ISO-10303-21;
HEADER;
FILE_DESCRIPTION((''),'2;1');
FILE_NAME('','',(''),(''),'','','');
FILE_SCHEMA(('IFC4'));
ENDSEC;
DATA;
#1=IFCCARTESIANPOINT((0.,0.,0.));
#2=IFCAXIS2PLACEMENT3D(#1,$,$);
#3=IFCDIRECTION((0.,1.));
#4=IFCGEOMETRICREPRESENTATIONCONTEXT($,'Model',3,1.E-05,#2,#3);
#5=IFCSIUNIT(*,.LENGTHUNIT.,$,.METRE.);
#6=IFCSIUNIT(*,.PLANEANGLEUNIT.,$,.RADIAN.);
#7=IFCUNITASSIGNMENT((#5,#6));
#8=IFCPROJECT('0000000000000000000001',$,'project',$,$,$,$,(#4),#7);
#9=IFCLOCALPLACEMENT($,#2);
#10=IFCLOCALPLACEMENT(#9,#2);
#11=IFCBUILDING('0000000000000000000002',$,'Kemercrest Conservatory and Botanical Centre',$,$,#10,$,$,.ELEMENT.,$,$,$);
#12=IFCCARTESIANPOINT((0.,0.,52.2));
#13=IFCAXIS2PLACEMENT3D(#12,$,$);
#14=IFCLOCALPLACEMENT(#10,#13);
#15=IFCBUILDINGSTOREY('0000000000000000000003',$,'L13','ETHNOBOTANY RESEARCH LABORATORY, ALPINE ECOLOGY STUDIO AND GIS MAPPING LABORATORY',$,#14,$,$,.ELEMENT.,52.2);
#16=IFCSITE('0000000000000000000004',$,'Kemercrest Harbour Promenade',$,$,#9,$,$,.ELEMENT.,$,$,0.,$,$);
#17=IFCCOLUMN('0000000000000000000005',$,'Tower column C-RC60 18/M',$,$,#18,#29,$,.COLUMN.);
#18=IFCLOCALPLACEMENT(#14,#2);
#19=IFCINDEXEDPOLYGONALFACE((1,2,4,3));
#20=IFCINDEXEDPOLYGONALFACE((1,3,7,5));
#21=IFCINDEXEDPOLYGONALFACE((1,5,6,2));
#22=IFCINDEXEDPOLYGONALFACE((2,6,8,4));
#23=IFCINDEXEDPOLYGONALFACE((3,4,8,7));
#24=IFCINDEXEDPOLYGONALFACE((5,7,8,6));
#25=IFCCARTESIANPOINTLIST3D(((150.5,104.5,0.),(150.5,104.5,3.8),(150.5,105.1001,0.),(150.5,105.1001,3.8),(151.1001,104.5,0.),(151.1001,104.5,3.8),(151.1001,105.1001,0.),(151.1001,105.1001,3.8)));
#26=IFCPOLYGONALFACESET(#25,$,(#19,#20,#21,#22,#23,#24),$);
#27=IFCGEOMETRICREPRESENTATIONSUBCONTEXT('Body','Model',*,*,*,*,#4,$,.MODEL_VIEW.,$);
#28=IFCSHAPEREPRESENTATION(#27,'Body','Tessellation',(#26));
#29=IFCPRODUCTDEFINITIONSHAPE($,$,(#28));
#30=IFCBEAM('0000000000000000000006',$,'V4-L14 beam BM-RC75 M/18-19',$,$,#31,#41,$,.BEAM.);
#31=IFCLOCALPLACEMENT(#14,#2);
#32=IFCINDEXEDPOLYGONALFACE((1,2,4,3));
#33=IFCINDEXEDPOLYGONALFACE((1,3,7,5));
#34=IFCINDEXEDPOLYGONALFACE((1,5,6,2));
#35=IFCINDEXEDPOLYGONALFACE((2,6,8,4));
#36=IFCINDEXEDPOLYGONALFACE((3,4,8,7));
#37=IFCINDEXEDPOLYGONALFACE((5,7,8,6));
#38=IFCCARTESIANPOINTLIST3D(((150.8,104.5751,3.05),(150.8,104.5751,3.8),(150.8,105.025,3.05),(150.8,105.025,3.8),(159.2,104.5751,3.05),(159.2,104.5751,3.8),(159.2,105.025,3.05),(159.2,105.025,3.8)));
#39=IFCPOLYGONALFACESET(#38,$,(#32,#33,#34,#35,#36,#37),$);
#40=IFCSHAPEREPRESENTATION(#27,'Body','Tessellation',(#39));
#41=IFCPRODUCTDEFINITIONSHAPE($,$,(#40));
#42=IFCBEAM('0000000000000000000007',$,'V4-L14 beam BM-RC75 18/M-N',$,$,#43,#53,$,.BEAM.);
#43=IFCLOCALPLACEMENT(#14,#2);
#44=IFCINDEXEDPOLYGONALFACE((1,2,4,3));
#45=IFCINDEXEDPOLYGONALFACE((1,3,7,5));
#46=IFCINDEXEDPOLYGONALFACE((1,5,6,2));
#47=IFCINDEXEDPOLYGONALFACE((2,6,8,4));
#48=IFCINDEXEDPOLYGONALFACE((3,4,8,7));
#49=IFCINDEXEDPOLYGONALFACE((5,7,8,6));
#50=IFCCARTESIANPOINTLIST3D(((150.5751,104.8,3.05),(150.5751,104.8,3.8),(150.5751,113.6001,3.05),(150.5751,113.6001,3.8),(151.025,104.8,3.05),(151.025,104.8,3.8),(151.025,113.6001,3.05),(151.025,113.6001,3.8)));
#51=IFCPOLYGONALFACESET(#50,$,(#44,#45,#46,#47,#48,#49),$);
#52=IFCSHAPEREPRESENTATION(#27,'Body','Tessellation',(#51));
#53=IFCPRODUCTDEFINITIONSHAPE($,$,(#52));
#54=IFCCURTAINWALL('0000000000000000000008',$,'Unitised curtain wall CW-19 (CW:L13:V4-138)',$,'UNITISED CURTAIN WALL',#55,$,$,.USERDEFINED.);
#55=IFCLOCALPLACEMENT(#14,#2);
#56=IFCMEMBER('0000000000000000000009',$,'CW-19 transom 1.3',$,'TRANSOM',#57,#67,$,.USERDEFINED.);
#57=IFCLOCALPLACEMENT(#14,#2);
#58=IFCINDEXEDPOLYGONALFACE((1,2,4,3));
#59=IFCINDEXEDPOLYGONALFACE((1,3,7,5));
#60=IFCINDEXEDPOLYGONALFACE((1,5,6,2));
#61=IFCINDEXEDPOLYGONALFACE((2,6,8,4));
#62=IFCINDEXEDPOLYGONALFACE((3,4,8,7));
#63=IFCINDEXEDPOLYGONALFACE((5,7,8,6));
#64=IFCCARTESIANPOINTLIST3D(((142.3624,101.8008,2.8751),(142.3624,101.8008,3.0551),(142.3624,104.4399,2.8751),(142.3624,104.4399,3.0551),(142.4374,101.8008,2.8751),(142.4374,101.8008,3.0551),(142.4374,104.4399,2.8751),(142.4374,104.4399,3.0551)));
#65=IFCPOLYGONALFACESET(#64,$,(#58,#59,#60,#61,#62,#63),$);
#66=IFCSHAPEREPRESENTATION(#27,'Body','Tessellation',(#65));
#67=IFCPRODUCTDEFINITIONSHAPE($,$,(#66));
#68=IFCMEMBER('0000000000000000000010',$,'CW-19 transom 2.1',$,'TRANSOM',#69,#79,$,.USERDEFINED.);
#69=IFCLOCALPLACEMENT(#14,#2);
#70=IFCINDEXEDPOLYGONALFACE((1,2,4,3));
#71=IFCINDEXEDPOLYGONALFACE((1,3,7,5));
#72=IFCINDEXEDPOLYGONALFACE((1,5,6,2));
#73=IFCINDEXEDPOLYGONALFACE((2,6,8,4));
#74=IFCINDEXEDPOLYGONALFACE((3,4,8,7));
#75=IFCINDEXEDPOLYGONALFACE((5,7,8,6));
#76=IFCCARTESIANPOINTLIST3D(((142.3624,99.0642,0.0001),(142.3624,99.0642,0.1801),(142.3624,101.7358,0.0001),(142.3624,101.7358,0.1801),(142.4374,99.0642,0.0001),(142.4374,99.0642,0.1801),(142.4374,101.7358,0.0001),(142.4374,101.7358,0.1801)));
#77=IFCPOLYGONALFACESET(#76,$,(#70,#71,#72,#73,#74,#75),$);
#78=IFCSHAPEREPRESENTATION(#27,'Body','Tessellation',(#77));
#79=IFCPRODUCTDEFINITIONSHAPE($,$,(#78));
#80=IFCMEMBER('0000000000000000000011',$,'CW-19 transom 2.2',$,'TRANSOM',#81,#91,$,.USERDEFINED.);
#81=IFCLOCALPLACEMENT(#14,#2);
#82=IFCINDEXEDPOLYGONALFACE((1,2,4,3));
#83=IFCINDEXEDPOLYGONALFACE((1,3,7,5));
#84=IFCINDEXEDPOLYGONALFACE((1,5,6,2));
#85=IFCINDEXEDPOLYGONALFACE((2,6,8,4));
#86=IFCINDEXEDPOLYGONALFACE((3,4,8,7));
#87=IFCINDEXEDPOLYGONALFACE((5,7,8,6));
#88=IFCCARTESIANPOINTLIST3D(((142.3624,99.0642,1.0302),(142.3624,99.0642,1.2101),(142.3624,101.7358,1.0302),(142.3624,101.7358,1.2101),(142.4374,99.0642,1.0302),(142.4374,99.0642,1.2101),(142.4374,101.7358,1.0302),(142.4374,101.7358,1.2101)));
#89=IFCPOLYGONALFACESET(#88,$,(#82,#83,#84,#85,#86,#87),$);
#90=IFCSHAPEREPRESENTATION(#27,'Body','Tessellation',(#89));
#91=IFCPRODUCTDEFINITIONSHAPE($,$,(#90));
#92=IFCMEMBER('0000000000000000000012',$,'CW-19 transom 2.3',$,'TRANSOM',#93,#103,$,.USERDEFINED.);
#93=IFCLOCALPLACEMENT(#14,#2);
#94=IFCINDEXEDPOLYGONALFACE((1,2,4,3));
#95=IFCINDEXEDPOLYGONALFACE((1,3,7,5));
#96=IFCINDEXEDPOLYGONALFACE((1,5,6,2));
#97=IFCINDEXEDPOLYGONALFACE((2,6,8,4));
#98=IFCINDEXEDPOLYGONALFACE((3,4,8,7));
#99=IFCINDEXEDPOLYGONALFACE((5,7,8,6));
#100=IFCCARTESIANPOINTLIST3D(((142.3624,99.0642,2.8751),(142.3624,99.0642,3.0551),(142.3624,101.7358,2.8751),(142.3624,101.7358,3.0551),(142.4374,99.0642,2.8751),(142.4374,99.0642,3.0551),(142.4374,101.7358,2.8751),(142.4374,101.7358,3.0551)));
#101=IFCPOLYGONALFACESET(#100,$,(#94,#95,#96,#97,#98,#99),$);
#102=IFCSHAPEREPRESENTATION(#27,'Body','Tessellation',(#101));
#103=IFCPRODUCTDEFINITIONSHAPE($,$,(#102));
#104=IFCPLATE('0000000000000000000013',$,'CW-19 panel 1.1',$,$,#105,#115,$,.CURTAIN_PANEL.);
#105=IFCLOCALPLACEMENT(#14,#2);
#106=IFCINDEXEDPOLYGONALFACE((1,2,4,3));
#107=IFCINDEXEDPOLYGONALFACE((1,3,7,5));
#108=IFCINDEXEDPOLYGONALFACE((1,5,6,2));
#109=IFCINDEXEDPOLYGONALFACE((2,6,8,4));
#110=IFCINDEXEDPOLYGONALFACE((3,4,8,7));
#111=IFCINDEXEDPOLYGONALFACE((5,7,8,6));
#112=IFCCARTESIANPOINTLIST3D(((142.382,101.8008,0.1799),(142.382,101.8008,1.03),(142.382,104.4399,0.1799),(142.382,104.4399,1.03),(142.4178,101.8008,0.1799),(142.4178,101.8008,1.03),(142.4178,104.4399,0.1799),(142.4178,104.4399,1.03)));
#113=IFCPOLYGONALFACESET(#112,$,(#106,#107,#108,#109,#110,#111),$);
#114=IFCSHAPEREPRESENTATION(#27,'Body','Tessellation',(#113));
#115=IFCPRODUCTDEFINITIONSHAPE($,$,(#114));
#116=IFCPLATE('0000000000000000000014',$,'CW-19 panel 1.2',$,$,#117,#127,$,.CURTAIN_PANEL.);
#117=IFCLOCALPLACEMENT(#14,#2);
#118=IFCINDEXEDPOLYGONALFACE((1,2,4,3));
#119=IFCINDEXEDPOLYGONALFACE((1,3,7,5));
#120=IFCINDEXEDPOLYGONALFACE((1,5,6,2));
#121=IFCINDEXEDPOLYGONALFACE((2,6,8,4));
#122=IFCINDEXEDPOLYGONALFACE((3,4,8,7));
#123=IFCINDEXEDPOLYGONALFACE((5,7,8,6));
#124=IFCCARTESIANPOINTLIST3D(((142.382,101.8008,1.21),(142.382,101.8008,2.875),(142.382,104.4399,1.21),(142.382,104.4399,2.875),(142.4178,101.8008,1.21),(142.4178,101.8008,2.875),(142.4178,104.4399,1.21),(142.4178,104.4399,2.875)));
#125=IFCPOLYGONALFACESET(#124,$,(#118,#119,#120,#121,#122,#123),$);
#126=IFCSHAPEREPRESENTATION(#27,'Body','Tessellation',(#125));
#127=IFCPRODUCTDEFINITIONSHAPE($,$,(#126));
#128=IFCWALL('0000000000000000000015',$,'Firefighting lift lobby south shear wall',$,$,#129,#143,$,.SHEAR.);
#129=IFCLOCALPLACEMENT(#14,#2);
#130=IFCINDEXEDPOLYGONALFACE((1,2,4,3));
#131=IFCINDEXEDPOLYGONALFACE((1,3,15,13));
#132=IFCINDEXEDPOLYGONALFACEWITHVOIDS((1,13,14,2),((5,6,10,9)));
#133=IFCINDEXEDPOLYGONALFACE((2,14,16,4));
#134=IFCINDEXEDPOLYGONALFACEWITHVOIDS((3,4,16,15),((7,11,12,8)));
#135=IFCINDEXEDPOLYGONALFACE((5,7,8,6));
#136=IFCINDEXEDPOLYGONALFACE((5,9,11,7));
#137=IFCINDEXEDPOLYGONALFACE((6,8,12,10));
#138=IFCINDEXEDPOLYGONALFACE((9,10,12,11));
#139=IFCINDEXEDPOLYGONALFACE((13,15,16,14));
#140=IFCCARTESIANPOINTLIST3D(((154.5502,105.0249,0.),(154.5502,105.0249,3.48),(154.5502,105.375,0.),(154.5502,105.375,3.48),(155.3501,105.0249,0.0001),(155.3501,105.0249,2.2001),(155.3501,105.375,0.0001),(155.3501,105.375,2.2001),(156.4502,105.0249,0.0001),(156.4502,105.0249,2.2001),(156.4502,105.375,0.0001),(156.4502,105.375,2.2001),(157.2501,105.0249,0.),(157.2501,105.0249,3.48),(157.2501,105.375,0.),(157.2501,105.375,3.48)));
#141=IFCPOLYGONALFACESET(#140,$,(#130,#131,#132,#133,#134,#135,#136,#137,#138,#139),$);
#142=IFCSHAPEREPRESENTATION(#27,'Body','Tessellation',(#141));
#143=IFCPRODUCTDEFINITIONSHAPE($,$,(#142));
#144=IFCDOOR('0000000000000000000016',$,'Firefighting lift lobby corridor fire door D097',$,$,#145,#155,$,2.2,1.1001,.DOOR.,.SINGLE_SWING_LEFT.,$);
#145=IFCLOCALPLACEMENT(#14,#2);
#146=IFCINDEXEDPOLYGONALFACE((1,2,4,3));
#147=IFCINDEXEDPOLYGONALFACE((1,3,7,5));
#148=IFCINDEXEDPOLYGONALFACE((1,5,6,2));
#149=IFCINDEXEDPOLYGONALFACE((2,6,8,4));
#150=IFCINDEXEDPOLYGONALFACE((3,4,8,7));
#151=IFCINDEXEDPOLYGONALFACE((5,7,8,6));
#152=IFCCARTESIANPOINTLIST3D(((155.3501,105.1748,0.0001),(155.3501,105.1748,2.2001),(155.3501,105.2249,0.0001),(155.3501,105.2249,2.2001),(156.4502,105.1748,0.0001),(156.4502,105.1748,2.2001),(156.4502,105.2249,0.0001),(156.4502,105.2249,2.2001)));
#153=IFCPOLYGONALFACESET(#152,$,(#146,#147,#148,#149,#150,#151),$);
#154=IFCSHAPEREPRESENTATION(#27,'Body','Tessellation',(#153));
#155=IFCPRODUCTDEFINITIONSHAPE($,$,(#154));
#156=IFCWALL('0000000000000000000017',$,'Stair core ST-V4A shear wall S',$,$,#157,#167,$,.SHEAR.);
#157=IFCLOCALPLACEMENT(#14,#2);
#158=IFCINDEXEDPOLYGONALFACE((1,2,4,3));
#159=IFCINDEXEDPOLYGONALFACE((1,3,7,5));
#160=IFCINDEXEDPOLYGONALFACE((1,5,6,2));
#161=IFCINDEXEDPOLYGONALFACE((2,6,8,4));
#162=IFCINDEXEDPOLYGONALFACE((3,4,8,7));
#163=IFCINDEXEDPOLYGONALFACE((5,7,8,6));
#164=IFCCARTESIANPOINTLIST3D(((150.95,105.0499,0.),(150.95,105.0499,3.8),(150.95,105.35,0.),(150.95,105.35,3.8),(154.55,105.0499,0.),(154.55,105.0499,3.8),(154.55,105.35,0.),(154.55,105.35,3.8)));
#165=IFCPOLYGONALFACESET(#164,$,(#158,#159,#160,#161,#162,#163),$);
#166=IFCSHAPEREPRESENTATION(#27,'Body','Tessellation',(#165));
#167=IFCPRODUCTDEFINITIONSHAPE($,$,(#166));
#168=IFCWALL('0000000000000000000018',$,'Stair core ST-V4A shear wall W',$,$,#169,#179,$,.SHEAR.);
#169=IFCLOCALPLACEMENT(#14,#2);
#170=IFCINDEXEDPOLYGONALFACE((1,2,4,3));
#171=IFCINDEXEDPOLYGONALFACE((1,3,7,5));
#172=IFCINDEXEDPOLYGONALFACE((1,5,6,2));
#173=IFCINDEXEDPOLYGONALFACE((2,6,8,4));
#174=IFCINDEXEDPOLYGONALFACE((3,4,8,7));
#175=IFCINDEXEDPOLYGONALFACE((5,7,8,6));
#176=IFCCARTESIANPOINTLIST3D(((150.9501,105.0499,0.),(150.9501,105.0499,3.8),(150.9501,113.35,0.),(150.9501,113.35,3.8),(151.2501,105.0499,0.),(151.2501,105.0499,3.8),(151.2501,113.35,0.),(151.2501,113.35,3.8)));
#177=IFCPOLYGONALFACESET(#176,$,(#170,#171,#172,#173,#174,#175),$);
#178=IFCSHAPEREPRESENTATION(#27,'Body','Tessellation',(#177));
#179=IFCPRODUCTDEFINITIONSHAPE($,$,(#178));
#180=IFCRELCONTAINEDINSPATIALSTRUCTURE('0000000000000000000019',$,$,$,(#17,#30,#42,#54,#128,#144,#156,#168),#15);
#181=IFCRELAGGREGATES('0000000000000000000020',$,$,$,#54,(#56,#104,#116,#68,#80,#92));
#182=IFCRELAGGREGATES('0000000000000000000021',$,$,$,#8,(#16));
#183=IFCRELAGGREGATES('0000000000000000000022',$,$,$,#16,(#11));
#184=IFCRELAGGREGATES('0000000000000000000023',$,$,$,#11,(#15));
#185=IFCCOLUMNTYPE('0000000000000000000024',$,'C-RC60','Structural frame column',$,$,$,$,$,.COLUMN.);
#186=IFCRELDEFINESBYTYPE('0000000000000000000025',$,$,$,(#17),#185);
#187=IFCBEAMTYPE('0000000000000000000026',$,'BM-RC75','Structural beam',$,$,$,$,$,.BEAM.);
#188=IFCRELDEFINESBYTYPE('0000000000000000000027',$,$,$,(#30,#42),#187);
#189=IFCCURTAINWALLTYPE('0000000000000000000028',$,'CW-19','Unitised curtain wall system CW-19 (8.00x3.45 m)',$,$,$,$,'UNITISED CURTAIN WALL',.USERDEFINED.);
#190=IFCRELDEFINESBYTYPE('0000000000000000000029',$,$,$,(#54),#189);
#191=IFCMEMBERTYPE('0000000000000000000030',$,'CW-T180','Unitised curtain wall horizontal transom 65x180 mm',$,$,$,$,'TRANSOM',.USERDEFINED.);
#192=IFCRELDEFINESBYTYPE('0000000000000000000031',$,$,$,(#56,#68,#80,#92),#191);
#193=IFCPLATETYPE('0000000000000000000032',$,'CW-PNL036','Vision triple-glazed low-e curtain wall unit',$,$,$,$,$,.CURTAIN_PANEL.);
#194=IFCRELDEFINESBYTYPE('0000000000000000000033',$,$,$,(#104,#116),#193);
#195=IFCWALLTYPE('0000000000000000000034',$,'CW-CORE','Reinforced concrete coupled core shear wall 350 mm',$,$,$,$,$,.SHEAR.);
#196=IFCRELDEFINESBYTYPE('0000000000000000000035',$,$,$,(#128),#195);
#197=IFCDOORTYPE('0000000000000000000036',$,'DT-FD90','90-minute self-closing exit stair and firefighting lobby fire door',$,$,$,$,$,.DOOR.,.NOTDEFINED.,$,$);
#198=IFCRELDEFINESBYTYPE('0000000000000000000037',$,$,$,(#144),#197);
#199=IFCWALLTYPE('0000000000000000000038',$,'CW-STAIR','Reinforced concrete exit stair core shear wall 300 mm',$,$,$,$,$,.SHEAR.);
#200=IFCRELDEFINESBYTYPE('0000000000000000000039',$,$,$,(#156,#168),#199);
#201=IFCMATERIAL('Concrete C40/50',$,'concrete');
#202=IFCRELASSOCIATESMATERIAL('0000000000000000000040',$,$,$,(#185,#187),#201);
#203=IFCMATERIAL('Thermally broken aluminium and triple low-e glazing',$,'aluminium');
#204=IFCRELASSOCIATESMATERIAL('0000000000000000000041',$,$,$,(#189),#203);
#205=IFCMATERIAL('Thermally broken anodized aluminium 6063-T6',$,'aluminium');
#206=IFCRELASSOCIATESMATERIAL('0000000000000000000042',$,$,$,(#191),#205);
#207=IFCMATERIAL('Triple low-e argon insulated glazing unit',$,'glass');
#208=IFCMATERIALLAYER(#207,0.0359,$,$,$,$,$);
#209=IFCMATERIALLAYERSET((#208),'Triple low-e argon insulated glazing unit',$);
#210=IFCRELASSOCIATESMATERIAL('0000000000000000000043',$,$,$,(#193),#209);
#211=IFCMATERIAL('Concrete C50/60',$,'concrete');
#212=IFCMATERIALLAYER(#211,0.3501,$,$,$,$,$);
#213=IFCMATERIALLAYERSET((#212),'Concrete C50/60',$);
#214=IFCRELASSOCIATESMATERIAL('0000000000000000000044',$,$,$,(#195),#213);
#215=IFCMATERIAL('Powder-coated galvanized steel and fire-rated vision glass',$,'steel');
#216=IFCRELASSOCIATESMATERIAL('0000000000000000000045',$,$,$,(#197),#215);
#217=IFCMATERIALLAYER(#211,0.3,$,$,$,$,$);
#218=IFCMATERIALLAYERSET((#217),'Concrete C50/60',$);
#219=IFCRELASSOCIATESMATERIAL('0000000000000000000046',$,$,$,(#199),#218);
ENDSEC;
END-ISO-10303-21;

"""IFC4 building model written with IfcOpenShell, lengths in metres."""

from ifc_helpers import new_model, si_unit, direction, frame, frame_2d, origin, origin_2d, place, context, subcontext, project, spatial, rectangle, extrude, material, layer, layer_set, material_profile, profile_set, type_object, element, fill, aggregate, save


model = new_model("IFC4")

# Units and contexts
model_context = context("Model", 3, precision=1e-05, world=origin(), true_north=direction((0.0, 1.0)))
body_context = subcontext(model_context, "Body", "Model", "MODEL_VIEW")
ifc_project = project(units=[si_unit("LENGTHUNIT", "METRE"), si_unit("PLANEANGLEUNIT", "RADIAN")], contexts=[model_context])

# Site, building, storey
site_placement = place(None, origin())
site = spatial("IfcSite", under=ifc_project, at=site_placement, Name="Kemercrest Harbour Promenade", CompositionType="ELEMENT", RefElevation=0.0)
building_placement = place(site_placement, origin())
building = spatial("IfcBuilding", under=site, at=building_placement, Name="Kemercrest Conservatory and Botanical Centre", CompositionType="ELEMENT")
storey_placement = place(building_placement, frame((0.0, 0.0, 52.2)))
storey = spatial("IfcBuildingStorey", under=building, at=storey_placement, Name="L13", Description="ETHNOBOTANY RESEARCH LABORATORY, ALPINE ECOLOGY STUDIO AND GIS MAPPING LABORATORY", CompositionType="ELEMENT", Elevation=52.2)

# Column
ifc_material_1 = material(Name="Concrete C40/50", Category="concrete")
ifc_material_profile_1 = material_profile(ifc_material_1, rectangle(XDim=0.6001, YDim=0.6001, at=origin_2d()), Name="RC 600x600")
ifc_profile_set_1 = profile_set([ifc_material_profile_1], Name="Concrete C40/50")
column_type = type_object("IfcColumnType", Name="C-RC60", Description="Structural frame column", PredefinedType="COLUMN", material=ifc_profile_set_1)
column_placement = place(storey_placement, frame((150.8, 104.8, 0.0), z_axis=(0.0, 0.0, 1.0), x_axis=(1.0, 0.0, 0.0)))
element("IfcColumn", 1, at=column_placement, inside=storey, type_object=column_type, Name="Tower column C-RC60 18/M", PredefinedType="COLUMN", context=body_context, shape_type="SweptSolid", body=[
    extrude(rectangle(XDim=0.6001, YDim=0.6001, at=origin_2d()), origin(), (0.0, 0.0, 1.0), 3.8),
])

# Beams
ifc_material_profile_2 = material_profile(ifc_material_1, rectangle(XDim=0.45, YDim=0.75, at=origin_2d()), Name="RC 450x750")
ifc_profile_set_2 = profile_set([ifc_material_profile_2], Name="Concrete C40/50")
beam_type = type_object("IfcBeamType", Name="BM-RC75", Description="Structural beam", PredefinedType="BEAM", material=ifc_profile_set_2)
beam_1_placement = place(storey_placement, frame((150.8, 104.8, 3.425), z_axis=(1.0, 0.0, 0.0), x_axis=(0.0, 1.0, 0.0)))
element("IfcBeam", 2, at=beam_1_placement, inside=storey, type_object=beam_type, Name="V4-L14 beam BM-RC75 M/18-19", PredefinedType="BEAM", context=body_context, shape_type="SweptSolid", body=[
    extrude(rectangle(XDim=0.45, YDim=0.75, at=origin_2d()), origin(), (0.0, 0.0, 1.0), 8.3999),
])
beam_2_placement = place(storey_placement, frame((150.8, 104.8, 3.425), z_axis=(0.0, 1.0, 0.0), x_axis=(-1.0, 0.0, 0.0)))
element("IfcBeam", 3, at=beam_2_placement, inside=storey, type_object=beam_type, Name="V4-L14 beam BM-RC75 18/M-N", PredefinedType="BEAM", context=body_context, shape_type="SweptSolid", body=[
    extrude(rectangle(XDim=0.45, YDim=0.75, at=origin_2d()), origin(), (0.0, 0.0, 1.0), 8.8),
])

# Curtain wall, members, plates
ifc_material_2 = material(Name="Thermally broken aluminium and triple low-e glazing", Category="aluminium")
curtain_wall_type = type_object("IfcCurtainWallType", Name="CW-19", Description="Unitised curtain wall system CW-19 (8.00x3.45 m)", ElementType="UNITISED CURTAIN WALL", PredefinedType="USERDEFINED", material=ifc_material_2)
curtain_wall_placement = place(storey_placement, origin())
curtain_wall = element("IfcCurtainWall", 4, at=curtain_wall_placement, inside=storey, type_object=curtain_wall_type, Name="Unitised curtain wall CW-19 (CW:L13:V4-138)", ObjectType="UNITISED CURTAIN WALL", PredefinedType="USERDEFINED")
ifc_material_3 = material(Name="Thermally broken anodized aluminium 6063-T6", Category="aluminium")
ifc_material_profile_3 = material_profile(ifc_material_3, rectangle(XDim=0.075, YDim=0.1799, at=origin_2d()), Name="AL TRANSOM 75x180")
ifc_profile_set_3 = profile_set([ifc_material_profile_3], Name="Thermally broken anodized aluminium 6063-T6")
member_type = type_object("IfcMemberType", Name="CW-T180", Description="Unitised curtain wall horizontal transom 65x180 mm", ElementType="TRANSOM", PredefinedType="USERDEFINED", material=ifc_profile_set_3)
member_1_placement = place(storey_placement, frame((142.3999, 104.4399, 2.9651), z_axis=(0.0, -1.0, 0.0), x_axis=(1.0, 0.0, 0.0)))
member_1 = element("IfcMember", 5, at=member_1_placement, type_object=member_type, Name="CW-19 transom 1.3", ObjectType="TRANSOM", PredefinedType="USERDEFINED", context=body_context, shape_type="SweptSolid", body=[
    extrude(rectangle(XDim=0.075, YDim=0.1799, at=origin_2d()), origin(), (0.0, 0.0, 1.0), 2.6392),
])
member_2_placement = place(storey_placement, frame((142.3999, 101.7358, 0.0901), z_axis=(0.0, -1.0, 0.0), x_axis=(1.0, 0.0, 0.0)))
member_2 = element("IfcMember", 6, at=member_2_placement, type_object=member_type, Name="CW-19 transom 2.1", ObjectType="TRANSOM", PredefinedType="USERDEFINED", context=body_context, shape_type="SweptSolid", body=[
    extrude(rectangle(XDim=0.075, YDim=0.1799, at=origin_2d()), origin(), (0.0, 0.0, 1.0), 2.6716),
])
member_3_placement = place(storey_placement, frame((142.3999, 101.7358, 1.1201), z_axis=(0.0, -1.0, 0.0), x_axis=(1.0, 0.0, 0.0)))
member_3 = element("IfcMember", 7, at=member_3_placement, type_object=member_type, Name="CW-19 transom 2.2", ObjectType="TRANSOM", PredefinedType="USERDEFINED", context=body_context, shape_type="SweptSolid", body=[
    extrude(rectangle(XDim=0.075, YDim=0.1799, at=origin_2d()), origin(), (0.0, 0.0, 1.0), 2.6716),
])
member_4_placement = place(storey_placement, frame((142.3999, 101.7358, 2.9651), z_axis=(0.0, -1.0, 0.0), x_axis=(1.0, 0.0, 0.0)))
member_4 = element("IfcMember", 8, at=member_4_placement, type_object=member_type, Name="CW-19 transom 2.3", ObjectType="TRANSOM", PredefinedType="USERDEFINED", context=body_context, shape_type="SweptSolid", body=[
    extrude(rectangle(XDim=0.075, YDim=0.1799, at=origin_2d()), origin(), (0.0, 0.0, 1.0), 2.6716),
])
ifc_material_4 = material(Name="Triple low-e argon insulated glazing unit", Category="glass")
ifc_layer_1 = layer(ifc_material_4, 0.0359)
ifc_layer_set_1 = layer_set([ifc_layer_1], Name="Triple low-e argon insulated glazing unit")
plate_type = type_object("IfcPlateType", Name="CW-PNL036", Description="Vision triple-glazed low-e curtain wall unit", PredefinedType="CURTAIN_PANEL", material=ifc_layer_set_1)
plate_1_placement = place(storey_placement, frame((142.3999, 103.1204, 0.1799), z_axis=(0.0, 0.0, 1.0), x_axis=(0.0, -1.0, 0.0)))
plate_1 = element("IfcPlate", 9, at=plate_1_placement, type_object=plate_type, Name="CW-19 panel 1.1", PredefinedType="CURTAIN_PANEL", context=body_context, shape_type="SweptSolid", body=[
    extrude(rectangle(XDim=2.6392, YDim=0.0359, at=origin_2d()), origin(), (0.0, 0.0, 1.0), 0.8501),
])
plate_2_placement = place(storey_placement, frame((142.3999, 103.1204, 1.21), z_axis=(0.0, 0.0, 1.0), x_axis=(0.0, -1.0, 0.0)))
plate_2 = element("IfcPlate", 10, at=plate_2_placement, type_object=plate_type, Name="CW-19 panel 1.2", PredefinedType="CURTAIN_PANEL", context=body_context, shape_type="SweptSolid", body=[
    extrude(rectangle(XDim=2.6392, YDim=0.0359, at=origin_2d()), origin(), (0.0, 0.0, 1.0), 1.665),
])
aggregate(curtain_wall, [member_1, plate_1, plate_2, member_2, member_3, member_4])

# Wall, opening, door
ifc_material_5 = material(Name="Concrete C50/60", Category="concrete")
ifc_layer_2 = layer(ifc_material_5, 0.3501)
ifc_layer_set_2 = layer_set([ifc_layer_2], Name="Concrete C50/60")
wall_type_1 = type_object("IfcWallType", Name="CW-CORE", Description="Reinforced concrete coupled core shear wall 350 mm", PredefinedType="SHEAR", material=ifc_layer_set_2)
wall_1_placement = place(storey_placement, frame((154.55, 105.2, 0.0), z_axis=(0.0, 0.0, 1.0), x_axis=(1.0, 0.0, 0.0)))
wall_1 = element("IfcWall", 11, at=wall_1_placement, inside=storey, type_object=wall_type_1, Name="Firefighting lift lobby south shear wall", PredefinedType="SHEAR", context=body_context, shape_type="SweptSolid", body=[
    extrude(rectangle(XDim=2.7, YDim=0.3501, at=frame_2d((1.3501, 0.0))), origin(), (0.0, 0.0, 1.0), 3.48),
])
opening_1_placement = place(wall_1_placement, frame((0.8, 0.0, 0.0)))
opening_1 = element("IfcOpeningElement", 12, at=opening_1_placement, cuts=wall_1, PredefinedType="OPENING", context=body_context, shape_type="SweptSolid", body=[
    extrude(rectangle(XDim=1.1001, YDim=2.2, at=frame_2d((0.55, 1.1001))), frame((0.0, 0.1851, 0.0), z_axis=(0.0, -1.0, 0.0), x_axis=(1.0, 0.0, 0.0)), (0.0, 0.0, 1.0), 0.3701),
])
ifc_material_6 = material(Name="Powder-coated galvanized steel and fire-rated vision glass", Category="steel")
door_type_1 = type_object("IfcDoorType", Name="DT-FD90", Description="90-minute self-closing exit stair and firefighting lobby fire door", OperationType="NOTDEFINED", PredefinedType="DOOR", material=ifc_material_6)
door_1_placement = place(opening_1_placement, origin())
door_1 = element("IfcDoor", 13, at=door_1_placement, inside=storey, type_object=door_type_1, Name="Firefighting lift lobby corridor fire door D097", OperationType="SINGLE_SWING_LEFT", OverallHeight=2.2, OverallWidth=1.1001, PredefinedType="DOOR", context=body_context, shape_type="SweptSolid", body=[
    extrude(rectangle(XDim=1.1001, YDim=2.2, at=frame_2d((0.55, 1.1001))), frame((0.0, 0.0249, 0.0), z_axis=(0.0, -1.0, 0.0), x_axis=(1.0, 0.0, 0.0)), (0.0, 0.0, 1.0), 0.05),
])
fill(opening_1, door_1)

# Walls
ifc_layer_3 = layer(ifc_material_5, 0.3)
ifc_layer_set_3 = layer_set([ifc_layer_3], Name="Concrete C50/60")
wall_type_2 = type_object("IfcWallType", Name="CW-STAIR", Description="Reinforced concrete exit stair core shear wall 300 mm", PredefinedType="SHEAR", material=ifc_layer_set_3)
wall_2_placement = place(storey_placement, frame((150.95, 105.2, 0.0), z_axis=(0.0, 0.0, 1.0), x_axis=(1.0, 0.0, 0.0)))
element("IfcWall", 14, at=wall_2_placement, inside=storey, type_object=wall_type_2, Name="Stair core ST-V4A shear wall S", PredefinedType="SHEAR", context=body_context, shape_type="SweptSolid", body=[
    extrude(rectangle(XDim=3.6001, YDim=0.3, at=frame_2d((1.8, 0.0))), origin(), (0.0, 0.0, 1.0), 3.8),
])
wall_3_placement = place(storey_placement, frame((151.1001, 105.05, 0.0), z_axis=(0.0, 0.0, 1.0), x_axis=(0.0, 1.0, 0.0)))
element("IfcWall", 15, at=wall_3_placement, inside=storey, type_object=wall_type_2, Name="Stair core ST-V4A shear wall W", PredefinedType="SHEAR", context=body_context, shape_type="SweptSolid", body=[
    extrude(rectangle(XDim=8.3, YDim=0.3, at=frame_2d((4.1499, 0.0))), origin(), (0.0, 0.0, 1.0), 3.8),
])

save(model, "model.ifc")
